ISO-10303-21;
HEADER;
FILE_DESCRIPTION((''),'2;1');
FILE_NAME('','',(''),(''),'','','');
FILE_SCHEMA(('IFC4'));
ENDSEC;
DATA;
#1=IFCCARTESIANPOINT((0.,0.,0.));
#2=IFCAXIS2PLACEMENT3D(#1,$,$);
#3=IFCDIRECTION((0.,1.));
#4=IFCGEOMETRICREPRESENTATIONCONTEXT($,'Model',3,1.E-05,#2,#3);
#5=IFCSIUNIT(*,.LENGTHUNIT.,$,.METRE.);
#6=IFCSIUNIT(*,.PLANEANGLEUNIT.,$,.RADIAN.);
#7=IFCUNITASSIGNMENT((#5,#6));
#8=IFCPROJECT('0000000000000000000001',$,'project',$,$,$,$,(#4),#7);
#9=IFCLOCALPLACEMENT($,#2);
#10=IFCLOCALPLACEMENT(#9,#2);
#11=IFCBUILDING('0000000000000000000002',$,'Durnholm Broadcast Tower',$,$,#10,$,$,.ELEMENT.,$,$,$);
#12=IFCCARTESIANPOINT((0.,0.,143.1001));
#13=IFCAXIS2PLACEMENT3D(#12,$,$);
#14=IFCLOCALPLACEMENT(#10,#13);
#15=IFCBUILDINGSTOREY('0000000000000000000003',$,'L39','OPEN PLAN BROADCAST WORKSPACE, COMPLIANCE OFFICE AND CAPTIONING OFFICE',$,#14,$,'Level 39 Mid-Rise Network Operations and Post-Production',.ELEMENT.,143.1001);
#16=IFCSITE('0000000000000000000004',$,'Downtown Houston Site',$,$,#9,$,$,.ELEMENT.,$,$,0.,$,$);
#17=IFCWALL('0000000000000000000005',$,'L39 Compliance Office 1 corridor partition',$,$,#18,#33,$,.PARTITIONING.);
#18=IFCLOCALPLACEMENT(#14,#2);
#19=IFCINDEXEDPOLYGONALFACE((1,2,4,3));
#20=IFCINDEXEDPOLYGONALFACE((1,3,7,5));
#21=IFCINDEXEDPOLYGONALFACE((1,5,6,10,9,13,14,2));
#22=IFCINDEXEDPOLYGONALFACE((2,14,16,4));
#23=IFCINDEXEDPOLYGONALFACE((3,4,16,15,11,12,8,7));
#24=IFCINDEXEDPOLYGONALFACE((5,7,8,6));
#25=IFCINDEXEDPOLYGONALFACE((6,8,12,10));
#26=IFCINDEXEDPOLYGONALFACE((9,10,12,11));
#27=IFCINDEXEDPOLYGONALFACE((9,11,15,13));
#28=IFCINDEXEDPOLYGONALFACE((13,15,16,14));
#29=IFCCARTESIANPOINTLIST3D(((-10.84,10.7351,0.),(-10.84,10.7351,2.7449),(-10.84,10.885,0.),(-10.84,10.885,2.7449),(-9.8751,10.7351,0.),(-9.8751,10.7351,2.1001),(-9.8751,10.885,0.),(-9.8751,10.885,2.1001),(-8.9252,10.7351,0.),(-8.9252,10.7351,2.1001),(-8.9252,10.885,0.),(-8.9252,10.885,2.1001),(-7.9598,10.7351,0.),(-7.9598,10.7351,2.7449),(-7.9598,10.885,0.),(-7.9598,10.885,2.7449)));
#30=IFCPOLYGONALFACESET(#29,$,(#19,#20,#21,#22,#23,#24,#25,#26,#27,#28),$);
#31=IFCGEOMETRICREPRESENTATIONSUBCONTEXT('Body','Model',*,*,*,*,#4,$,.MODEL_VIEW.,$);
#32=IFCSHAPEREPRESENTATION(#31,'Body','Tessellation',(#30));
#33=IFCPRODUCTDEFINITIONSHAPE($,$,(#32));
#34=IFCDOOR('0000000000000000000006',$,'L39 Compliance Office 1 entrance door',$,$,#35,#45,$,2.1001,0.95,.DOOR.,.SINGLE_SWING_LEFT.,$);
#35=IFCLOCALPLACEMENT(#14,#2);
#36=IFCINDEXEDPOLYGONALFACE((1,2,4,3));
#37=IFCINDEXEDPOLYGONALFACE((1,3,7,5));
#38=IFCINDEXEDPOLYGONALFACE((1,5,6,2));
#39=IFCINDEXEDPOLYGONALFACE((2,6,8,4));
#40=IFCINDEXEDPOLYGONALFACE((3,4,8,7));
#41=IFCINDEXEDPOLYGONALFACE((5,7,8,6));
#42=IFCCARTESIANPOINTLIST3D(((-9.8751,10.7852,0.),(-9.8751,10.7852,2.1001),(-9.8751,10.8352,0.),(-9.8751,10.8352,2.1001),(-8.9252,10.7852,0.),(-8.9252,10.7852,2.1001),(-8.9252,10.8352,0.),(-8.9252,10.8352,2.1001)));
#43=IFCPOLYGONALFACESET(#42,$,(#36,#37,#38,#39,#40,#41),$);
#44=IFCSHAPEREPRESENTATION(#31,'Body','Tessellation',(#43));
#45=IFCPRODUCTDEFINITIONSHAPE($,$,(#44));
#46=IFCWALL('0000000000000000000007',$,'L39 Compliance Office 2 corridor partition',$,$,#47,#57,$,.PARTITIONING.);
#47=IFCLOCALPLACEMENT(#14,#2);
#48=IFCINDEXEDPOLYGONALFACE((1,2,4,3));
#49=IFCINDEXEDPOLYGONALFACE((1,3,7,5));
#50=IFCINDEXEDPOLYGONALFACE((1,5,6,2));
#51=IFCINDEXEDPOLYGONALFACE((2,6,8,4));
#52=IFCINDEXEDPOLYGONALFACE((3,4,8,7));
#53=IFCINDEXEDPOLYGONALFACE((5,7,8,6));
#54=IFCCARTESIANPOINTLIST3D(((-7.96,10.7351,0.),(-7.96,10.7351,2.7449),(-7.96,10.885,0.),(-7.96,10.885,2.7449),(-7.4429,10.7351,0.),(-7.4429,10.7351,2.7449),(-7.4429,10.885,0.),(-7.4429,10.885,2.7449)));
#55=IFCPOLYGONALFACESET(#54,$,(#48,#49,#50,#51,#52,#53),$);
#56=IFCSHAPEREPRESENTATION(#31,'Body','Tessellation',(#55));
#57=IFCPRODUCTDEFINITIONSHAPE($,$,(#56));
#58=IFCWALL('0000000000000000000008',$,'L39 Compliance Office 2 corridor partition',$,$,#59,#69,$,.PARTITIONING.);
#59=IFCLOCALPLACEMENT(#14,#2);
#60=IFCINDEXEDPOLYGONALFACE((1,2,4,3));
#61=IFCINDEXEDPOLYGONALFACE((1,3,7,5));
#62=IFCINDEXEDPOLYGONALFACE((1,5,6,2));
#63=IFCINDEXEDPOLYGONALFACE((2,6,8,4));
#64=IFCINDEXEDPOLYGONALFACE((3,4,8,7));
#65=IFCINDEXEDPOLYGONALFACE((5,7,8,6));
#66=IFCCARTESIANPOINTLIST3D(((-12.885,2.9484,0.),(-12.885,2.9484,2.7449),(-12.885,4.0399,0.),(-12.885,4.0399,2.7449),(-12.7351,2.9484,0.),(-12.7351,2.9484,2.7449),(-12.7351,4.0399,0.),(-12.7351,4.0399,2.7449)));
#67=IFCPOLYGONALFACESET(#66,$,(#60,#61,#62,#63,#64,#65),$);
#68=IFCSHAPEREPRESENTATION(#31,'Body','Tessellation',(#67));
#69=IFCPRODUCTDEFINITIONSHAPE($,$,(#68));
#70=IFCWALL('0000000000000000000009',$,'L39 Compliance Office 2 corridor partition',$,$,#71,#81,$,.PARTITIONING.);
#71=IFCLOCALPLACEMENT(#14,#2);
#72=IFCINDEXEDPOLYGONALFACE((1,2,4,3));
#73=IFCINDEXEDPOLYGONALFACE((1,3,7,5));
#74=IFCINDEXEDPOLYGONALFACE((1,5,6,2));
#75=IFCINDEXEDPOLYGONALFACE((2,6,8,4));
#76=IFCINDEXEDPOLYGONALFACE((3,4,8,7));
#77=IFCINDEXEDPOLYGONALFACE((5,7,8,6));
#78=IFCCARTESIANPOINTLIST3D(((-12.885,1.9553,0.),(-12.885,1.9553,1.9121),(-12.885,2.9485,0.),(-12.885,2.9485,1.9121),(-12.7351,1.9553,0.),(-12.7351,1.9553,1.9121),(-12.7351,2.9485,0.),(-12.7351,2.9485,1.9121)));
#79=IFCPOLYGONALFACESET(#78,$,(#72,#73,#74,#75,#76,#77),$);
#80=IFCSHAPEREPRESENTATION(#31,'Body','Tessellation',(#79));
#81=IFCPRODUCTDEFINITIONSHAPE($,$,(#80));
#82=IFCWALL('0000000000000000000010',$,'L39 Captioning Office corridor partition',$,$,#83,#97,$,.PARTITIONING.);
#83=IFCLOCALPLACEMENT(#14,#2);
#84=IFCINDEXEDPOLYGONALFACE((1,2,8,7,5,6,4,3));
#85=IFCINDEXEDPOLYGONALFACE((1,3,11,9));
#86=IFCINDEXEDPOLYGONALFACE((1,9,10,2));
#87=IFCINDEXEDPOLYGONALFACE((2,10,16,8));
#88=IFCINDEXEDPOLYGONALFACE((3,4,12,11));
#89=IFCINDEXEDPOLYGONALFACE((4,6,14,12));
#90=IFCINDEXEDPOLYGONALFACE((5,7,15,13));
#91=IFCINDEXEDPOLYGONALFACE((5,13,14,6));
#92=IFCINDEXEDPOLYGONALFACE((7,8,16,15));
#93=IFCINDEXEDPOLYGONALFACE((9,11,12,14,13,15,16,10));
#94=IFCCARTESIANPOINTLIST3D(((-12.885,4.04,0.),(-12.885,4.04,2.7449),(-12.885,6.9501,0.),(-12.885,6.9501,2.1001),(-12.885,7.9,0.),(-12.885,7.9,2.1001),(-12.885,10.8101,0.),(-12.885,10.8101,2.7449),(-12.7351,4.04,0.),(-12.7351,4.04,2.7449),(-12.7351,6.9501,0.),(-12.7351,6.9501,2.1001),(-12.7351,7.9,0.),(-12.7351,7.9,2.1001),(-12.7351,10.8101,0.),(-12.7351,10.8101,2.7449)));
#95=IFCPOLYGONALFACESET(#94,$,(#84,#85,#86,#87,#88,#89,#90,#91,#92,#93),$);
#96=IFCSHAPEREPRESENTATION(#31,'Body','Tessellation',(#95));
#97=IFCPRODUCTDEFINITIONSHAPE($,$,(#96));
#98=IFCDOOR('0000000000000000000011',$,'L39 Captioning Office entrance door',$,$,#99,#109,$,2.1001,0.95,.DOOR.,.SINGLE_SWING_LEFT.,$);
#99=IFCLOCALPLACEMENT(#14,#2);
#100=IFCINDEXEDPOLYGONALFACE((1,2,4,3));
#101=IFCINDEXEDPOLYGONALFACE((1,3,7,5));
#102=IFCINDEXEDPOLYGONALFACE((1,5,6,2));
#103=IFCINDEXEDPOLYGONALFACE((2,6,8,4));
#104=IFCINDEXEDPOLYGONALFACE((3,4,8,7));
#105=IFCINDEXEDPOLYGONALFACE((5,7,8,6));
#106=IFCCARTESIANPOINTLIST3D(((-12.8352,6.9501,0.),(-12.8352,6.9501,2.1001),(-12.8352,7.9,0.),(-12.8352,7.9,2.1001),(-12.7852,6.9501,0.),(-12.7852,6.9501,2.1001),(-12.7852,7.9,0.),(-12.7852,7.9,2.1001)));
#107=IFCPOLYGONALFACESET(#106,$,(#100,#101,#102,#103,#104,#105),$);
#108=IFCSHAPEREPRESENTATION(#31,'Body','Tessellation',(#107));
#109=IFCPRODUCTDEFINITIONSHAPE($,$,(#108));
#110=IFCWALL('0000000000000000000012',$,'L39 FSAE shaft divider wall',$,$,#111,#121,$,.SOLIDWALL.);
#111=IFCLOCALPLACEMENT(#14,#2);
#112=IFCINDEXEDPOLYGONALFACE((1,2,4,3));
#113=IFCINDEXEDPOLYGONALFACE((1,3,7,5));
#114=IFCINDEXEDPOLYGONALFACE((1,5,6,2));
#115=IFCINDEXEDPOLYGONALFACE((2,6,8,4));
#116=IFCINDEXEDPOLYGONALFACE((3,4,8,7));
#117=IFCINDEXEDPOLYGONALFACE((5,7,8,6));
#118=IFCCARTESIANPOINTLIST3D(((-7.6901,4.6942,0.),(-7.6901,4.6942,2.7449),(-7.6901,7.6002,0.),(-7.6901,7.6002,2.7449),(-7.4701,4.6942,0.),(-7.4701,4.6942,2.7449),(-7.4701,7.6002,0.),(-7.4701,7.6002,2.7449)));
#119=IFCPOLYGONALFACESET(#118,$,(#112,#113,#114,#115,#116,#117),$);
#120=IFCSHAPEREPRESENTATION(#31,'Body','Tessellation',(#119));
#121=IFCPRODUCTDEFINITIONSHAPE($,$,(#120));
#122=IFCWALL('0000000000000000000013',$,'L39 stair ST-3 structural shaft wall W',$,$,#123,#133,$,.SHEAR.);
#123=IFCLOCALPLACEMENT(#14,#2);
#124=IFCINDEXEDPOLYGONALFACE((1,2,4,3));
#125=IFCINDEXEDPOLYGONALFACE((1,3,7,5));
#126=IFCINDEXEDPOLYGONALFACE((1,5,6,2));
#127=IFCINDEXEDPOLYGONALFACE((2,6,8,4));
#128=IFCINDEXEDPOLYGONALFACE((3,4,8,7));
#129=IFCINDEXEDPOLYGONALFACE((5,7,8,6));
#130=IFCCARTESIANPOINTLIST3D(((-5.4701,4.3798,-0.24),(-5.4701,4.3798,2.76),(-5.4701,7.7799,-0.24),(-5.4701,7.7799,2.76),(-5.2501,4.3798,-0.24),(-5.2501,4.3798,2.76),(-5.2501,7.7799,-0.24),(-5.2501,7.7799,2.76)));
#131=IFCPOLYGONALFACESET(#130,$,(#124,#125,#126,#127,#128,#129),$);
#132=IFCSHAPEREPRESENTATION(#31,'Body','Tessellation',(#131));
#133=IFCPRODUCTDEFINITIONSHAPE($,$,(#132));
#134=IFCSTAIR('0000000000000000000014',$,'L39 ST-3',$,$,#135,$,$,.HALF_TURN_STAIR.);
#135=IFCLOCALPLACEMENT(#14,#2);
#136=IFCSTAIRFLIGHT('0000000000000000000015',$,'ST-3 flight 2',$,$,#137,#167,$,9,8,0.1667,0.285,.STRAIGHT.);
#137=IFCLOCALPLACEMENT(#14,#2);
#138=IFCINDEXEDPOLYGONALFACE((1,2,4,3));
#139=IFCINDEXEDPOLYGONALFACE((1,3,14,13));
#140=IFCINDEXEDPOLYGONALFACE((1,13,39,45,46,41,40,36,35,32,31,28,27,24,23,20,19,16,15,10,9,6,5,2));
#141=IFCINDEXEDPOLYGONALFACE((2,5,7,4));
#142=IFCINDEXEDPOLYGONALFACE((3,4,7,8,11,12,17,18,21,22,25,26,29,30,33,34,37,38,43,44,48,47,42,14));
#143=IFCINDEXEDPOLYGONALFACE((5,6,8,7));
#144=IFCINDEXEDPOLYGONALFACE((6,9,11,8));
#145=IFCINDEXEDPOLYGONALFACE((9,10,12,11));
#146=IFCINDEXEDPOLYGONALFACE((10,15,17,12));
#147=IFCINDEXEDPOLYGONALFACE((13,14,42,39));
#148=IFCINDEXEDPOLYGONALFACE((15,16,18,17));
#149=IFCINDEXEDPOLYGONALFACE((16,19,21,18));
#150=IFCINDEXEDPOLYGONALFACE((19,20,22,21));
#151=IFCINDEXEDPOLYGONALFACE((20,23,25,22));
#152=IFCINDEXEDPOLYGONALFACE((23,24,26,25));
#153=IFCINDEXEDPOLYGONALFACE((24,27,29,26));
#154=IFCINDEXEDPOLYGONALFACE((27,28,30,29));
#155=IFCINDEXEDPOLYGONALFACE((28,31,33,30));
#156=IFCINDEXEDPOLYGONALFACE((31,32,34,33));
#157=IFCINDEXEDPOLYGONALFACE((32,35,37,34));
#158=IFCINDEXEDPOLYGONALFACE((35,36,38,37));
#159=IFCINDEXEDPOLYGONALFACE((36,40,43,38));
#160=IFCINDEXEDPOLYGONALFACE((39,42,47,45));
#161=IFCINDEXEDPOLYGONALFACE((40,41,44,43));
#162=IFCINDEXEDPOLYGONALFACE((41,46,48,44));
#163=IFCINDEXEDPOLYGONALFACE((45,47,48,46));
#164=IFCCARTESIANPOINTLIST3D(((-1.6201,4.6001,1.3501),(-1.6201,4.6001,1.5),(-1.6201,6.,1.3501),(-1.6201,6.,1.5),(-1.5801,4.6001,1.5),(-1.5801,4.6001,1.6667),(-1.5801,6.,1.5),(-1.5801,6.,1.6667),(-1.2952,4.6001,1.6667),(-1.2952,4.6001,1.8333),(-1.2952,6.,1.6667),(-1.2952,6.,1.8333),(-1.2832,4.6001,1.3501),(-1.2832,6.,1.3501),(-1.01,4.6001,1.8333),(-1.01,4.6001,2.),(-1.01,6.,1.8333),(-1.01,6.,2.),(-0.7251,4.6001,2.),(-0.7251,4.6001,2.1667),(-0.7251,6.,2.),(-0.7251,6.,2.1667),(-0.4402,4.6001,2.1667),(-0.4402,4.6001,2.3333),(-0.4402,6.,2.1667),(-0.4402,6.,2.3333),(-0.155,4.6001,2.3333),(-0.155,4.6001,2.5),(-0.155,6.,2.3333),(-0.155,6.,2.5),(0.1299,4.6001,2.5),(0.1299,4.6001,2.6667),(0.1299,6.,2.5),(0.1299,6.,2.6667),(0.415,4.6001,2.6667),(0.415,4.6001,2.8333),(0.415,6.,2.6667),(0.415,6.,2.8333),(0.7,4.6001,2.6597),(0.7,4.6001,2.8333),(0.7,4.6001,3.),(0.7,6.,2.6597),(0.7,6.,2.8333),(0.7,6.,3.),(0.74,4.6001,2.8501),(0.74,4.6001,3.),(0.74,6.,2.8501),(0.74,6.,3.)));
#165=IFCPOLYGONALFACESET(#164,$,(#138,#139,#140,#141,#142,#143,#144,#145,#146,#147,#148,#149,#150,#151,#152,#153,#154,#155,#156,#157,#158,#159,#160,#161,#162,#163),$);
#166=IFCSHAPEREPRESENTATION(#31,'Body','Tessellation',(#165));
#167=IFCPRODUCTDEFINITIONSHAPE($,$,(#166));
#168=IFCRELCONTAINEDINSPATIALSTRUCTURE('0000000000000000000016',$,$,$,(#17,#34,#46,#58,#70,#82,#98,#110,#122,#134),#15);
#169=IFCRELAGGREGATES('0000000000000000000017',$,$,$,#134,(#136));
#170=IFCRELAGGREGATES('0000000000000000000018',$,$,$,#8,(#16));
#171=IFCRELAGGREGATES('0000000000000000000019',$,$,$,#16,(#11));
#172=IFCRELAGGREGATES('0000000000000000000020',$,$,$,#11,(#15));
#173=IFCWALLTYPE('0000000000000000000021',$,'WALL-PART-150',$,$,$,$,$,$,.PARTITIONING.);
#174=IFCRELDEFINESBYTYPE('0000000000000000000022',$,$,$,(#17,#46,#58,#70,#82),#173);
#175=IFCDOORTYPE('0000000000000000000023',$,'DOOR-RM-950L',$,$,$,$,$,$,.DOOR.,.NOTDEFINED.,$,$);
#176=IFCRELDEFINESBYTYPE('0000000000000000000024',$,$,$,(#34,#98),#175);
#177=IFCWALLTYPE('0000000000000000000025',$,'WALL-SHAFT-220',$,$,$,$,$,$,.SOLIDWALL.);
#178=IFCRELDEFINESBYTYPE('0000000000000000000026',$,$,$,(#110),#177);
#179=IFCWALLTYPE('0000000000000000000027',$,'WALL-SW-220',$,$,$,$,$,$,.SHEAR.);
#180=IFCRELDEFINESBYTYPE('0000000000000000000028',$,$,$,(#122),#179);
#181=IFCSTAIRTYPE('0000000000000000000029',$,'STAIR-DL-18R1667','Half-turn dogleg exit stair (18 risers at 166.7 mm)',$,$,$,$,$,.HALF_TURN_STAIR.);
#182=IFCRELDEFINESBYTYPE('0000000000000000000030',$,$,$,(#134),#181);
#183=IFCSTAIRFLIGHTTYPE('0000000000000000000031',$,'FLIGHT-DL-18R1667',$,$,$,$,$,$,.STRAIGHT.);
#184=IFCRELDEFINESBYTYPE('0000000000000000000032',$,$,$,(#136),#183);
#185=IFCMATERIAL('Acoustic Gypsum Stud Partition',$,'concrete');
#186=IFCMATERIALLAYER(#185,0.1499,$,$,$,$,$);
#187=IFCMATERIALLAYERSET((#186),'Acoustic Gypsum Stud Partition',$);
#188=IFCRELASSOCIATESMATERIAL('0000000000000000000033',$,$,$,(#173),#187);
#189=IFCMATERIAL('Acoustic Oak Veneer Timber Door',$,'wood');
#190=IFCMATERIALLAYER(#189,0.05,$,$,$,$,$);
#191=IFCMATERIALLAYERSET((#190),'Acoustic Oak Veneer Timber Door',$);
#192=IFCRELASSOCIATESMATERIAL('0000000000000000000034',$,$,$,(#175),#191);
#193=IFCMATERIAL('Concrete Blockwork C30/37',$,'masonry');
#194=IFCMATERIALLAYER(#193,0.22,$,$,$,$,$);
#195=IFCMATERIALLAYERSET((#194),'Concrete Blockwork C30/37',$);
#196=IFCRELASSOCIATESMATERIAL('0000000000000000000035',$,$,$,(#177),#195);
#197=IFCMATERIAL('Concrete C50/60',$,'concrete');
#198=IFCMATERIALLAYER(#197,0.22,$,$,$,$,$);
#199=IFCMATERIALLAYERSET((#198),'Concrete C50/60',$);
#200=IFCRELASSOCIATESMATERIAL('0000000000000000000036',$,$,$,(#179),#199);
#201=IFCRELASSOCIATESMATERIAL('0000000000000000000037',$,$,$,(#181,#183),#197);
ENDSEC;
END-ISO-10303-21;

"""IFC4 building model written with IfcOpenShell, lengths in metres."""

from ifc_helpers import new_model, si_unit, direction, frame, frame_2d, origin, place, context, subcontext, project, spatial, polyline, rectangle, outline, extrude, source, transform, mapped, material, layer, layer_set, type_object, type_shapes, element, fill, aggregate, save


model = new_model("IFC4")

# Units and contexts
model_context = context("Model", 3, precision=1e-05, world=origin(), true_north=direction((0.0, 1.0)))
body_context = subcontext(model_context, "Body", "Model", "MODEL_VIEW")
ifc_project = project(units=[si_unit("LENGTHUNIT", "METRE"), si_unit("PLANEANGLEUNIT", "RADIAN")], contexts=[model_context])

# Site, building, storey
site_placement = place(None, origin())
site = spatial("IfcSite", under=ifc_project, at=site_placement, Name="Downtown Houston Site", CompositionType="ELEMENT", RefElevation=0.0)
building_placement = place(site_placement, origin())
building = spatial("IfcBuilding", under=site, at=building_placement, Name="Durnholm Broadcast Tower", CompositionType="ELEMENT")
storey_placement = place(building_placement, frame((0.0, 0.0, 143.1001)))
storey = spatial("IfcBuildingStorey", under=building, at=storey_placement, Name="L39", Description="OPEN PLAN BROADCAST WORKSPACE, COMPLIANCE OFFICE AND CAPTIONING OFFICE", LongName="Level 39 Mid-Rise Network Operations and Post-Production", CompositionType="ELEMENT", Elevation=143.1001)

# Wall, opening, door
ifc_material_1 = material(Name="Acoustic Gypsum Stud Partition", Category="concrete")
ifc_layer_1 = layer(ifc_material_1, 0.1499)
ifc_layer_set_1 = layer_set([ifc_layer_1], Name="Acoustic Gypsum Stud Partition")
wall_type_1 = type_object("IfcWallType", Name="WALL-PART-150", PredefinedType="PARTITIONING", material=ifc_layer_set_1)
wall_1_placement = place(storey_placement, frame((-7.96, 10.8101, 0.0), z_axis=(0.0, 0.0, 1.0), x_axis=(-1.0, 0.0, 0.0)))
wall_1 = element("IfcWall", 1, at=wall_1_placement, inside=storey, type_object=wall_type_1, Name="L39 Compliance Office 1 corridor partition", PredefinedType="PARTITIONING", context=body_context, shape_type="SweptSolid", body=[
    extrude(rectangle(XDim=2.8801, YDim=0.1499, at=frame_2d((1.4399, 0.0))), origin(), (0.0, 0.0, 1.0), 2.7449),
])
opening_1_placement = place(wall_1_placement, frame((0.9651, 0.0, 0.0)))
opening_1 = element("IfcOpeningElement", 2, at=opening_1_placement, cuts=wall_1, PredefinedType="OPENING", context=body_context, shape_type="SweptSolid", body=[
    extrude(rectangle(XDim=0.95, YDim=2.1001, at=frame_2d((0.4751, 1.05))), frame((0.0, 0.085, 0.0), z_axis=(0.0, -1.0, 0.0), x_axis=(1.0, 0.0, 0.0)), (0.0, 0.0, 1.0), 0.1699),
])
ifc_material_2 = material(Name="Acoustic Oak Veneer Timber Door", Category="wood")
ifc_layer_2 = layer(ifc_material_2, 0.05)
ifc_layer_set_2 = layer_set([ifc_layer_2], Name="Acoustic Oak Veneer Timber Door")
door_type_1 = type_object("IfcDoorType", Name="DOOR-RM-950L", OperationType="NOTDEFINED", PredefinedType="DOOR", material=ifc_layer_set_2)
shared_shape_1 = source(origin(), body_context, "Body", "SweptSolid", [
    extrude(rectangle(XDim=0.95, YDim=2.1001, at=frame_2d((0.4751, 1.05))), frame((0.0, 0.0249, 0.0), z_axis=(0.0, -1.0, 0.0), x_axis=(1.0, 0.0, 0.0)), (0.0, 0.0, 1.0), 0.05),
])
type_shapes(door_type_1, [shared_shape_1])
door_1_placement = place(opening_1_placement, origin())
door_1 = element("IfcDoor", 3, at=door_1_placement, inside=storey, type_object=door_type_1, Name="L39 Compliance Office 1 entrance door", OperationType="SINGLE_SWING_LEFT", OverallHeight=2.1001, OverallWidth=0.95, PredefinedType="DOOR", context=body_context, shape_type="MappedRepresentation", body=[
    mapped(shared_shape_1, transform((0.0, 0.0, 0.0), x_axis=(1.0, 0.0, 0.0), y_axis=(0.0, 1.0, 0.0), z_axis=(0.0, 0.0, 1.0), scale=1.0)),
])
fill(opening_1, door_1)

# Walls
wall_2_placement = place(storey_placement, frame((-7.4429, 10.8101, 0.0), z_axis=(0.0, 0.0, 1.0), x_axis=(-1.0, 0.0, 0.0)))
element("IfcWall", 4, at=wall_2_placement, inside=storey, type_object=wall_type_1, Name="L39 Compliance Office 2 corridor partition", PredefinedType="PARTITIONING", context=body_context, shape_type="SweptSolid", body=[
    extrude(rectangle(XDim=0.5171, YDim=0.1499, at=frame_2d((0.2585, 0.0))), origin(), (0.0, 0.0, 1.0), 2.7449),
])
wall_3_placement = place(storey_placement, frame((-12.8101, 4.04, 0.0), z_axis=(0.0, 0.0, 1.0), x_axis=(0.0, -1.0, 0.0)))
element("IfcWall", 5, at=wall_3_placement, inside=storey, type_object=wall_type_1, Name="L39 Compliance Office 2 corridor partition", PredefinedType="PARTITIONING", context=body_context, shape_type="SweptSolid", body=[
    extrude(rectangle(XDim=1.0916, YDim=0.1499, at=frame_2d((0.5459, 0.0))), origin(), (0.0, 0.0, 1.0), 2.7449),
])
wall_4_placement = place(storey_placement, frame((-12.8101, 2.9485, 0.0), z_axis=(0.0, 0.0, 1.0), x_axis=(0.0, -1.0, 0.0)))
element("IfcWall", 6, at=wall_4_placement, inside=storey, type_object=wall_type_1, Name="L39 Compliance Office 2 corridor partition", PredefinedType="PARTITIONING", context=body_context, shape_type="SweptSolid", body=[
    extrude(rectangle(XDim=0.9932, YDim=0.1499, at=frame_2d((0.4966, 0.0))), origin(), (0.0, 0.0, 1.0), 1.9121),
])

# Wall, opening, door
wall_5_placement = place(storey_placement, frame((-12.8101, 10.8101, 0.0), z_axis=(0.0, 0.0, 1.0), x_axis=(0.0, -1.0, 0.0)))
wall_5 = element("IfcWall", 7, at=wall_5_placement, inside=storey, type_object=wall_type_1, Name="L39 Captioning Office corridor partition", PredefinedType="PARTITIONING", context=body_context, shape_type="SweptSolid", body=[
    extrude(rectangle(XDim=6.77, YDim=0.1499, at=frame_2d((3.385, 0.0))), origin(), (0.0, 0.0, 1.0), 2.7449),
])
opening_2_placement = place(wall_5_placement, frame((2.9099, 0.0, 0.0)))
opening_2 = element("IfcOpeningElement", 8, at=opening_2_placement, cuts=wall_5, PredefinedType="OPENING", context=body_context, shape_type="SweptSolid", body=[
    extrude(rectangle(XDim=0.95, YDim=2.1001, at=frame_2d((0.4751, 1.05))), frame((0.0, 0.085, 0.0), z_axis=(0.0, -1.0, 0.0), x_axis=(1.0, 0.0, 0.0)), (0.0, 0.0, 1.0), 0.1699),
])
door_2_placement = place(opening_2_placement, origin())
door_2 = element("IfcDoor", 9, at=door_2_placement, inside=storey, type_object=door_type_1, Name="L39 Captioning Office entrance door", OperationType="SINGLE_SWING_LEFT", OverallHeight=2.1001, OverallWidth=0.95, PredefinedType="DOOR", context=body_context, shape_type="MappedRepresentation", body=[
    mapped(shared_shape_1, transform((0.0, 0.0, 0.0), x_axis=(1.0, 0.0, 0.0), y_axis=(0.0, 1.0, 0.0), z_axis=(0.0, 0.0, 1.0), scale=1.0)),
])
fill(opening_2, door_2)

# Shared definitions
ifc_material_3 = material(Name="Concrete Blockwork C30/37", Category="masonry")
ifc_layer_3 = layer(ifc_material_3, 0.22)
ifc_layer_set_3 = layer_set([ifc_layer_3], Name="Concrete Blockwork C30/37")
wall_type_2 = type_object("IfcWallType", Name="WALL-SHAFT-220", PredefinedType="SOLIDWALL", material=ifc_layer_set_3)

# Walls
wall_6_placement = place(storey_placement, frame((-7.5801, 4.6941, 0.0), z_axis=(0.0, 0.0, 1.0), x_axis=(0.0, 1.0, 0.0)))
element("IfcWall", 10, at=wall_6_placement, inside=storey, type_object=wall_type_2, Name="L39 FSAE shaft divider wall", PredefinedType="SOLIDWALL", context=body_context, shape_type="SweptSolid", body=[
    extrude(rectangle(XDim=2.906, YDim=0.22, at=frame_2d((1.4531, 0.0))), origin(), (0.0, 0.0, 1.0), 2.7449),
])
ifc_material_4 = material(Name="Concrete C50/60", Category="concrete")
ifc_layer_4 = layer(ifc_material_4, 0.22)
ifc_layer_set_4 = layer_set([ifc_layer_4], Name="Concrete C50/60")
wall_type_3 = type_object("IfcWallType", Name="WALL-SW-220", PredefinedType="SHEAR", material=ifc_layer_set_4)
wall_7_placement = place(storey_placement, frame((-5.3601, 7.78, -0.24), z_axis=(0.0, 0.0, 1.0), x_axis=(0.0, -1.0, 0.0)))
element("IfcWall", 11, at=wall_7_placement, inside=storey, type_object=wall_type_3, Name="L39 stair ST-3 structural shaft wall W", PredefinedType="SHEAR", context=body_context, shape_type="SweptSolid", body=[
    extrude(rectangle(XDim=3.4001, YDim=0.22, at=frame_2d((1.7002, 0.0))), origin(), (0.0, 0.0, 1.0), 3.0),
])

# Stair, stair flight
stair_type = type_object("IfcStairType", Name="STAIR-DL-18R1667", Description="Half-turn dogleg exit stair (18 risers at 166.7 mm)", PredefinedType="HALF_TURN_STAIR", material=ifc_material_4)
stair_placement = place(storey_placement, origin())
stair = element("IfcStair", 12, at=stair_placement, inside=storey, type_object=stair_type, Name="L39 ST-3", PredefinedType="HALF_TURN_STAIR")
stair_flight_type = type_object("IfcStairFlightType", Name="FLIGHT-DL-18R1667", PredefinedType="STRAIGHT", material=ifc_material_4)
stair_flight_placement = place(storey_placement, frame((-1.5801, 5.3, 1.5), z_axis=(0.0, 0.0, 1.0), x_axis=(1.0, 0.0, 0.0)))
stair_flight = element("IfcStairFlight", 13, at=stair_flight_placement, type_object=stair_flight_type, Name="ST-3 flight 2", NumberOfRisers=9, NumberOfTreads=8, PredefinedType="STRAIGHT", RiserHeight=0.1667, TreadLength=0.285, context=body_context, shape_type="SweptSolid", body=[
    extrude(outline(polyline([(-0.04, -0.1499), (-0.04, 0.0), (0.0, 0.0), (0.0, 0.1667), (0.2849, 0.1667), (0.2849, 0.3333), (0.5701, 0.3333), (0.5701, 0.5), (0.855, 0.5), (0.855, 0.6667), (1.1399, 0.6667), (1.1399, 0.8333), (1.425, 0.8333), (1.425, 1.0), (1.71, 1.0), (1.71, 1.1667), (1.9951, 1.1667), (1.9951, 1.3333), (2.28, 1.3333), (2.28, 1.5), (2.3201, 1.5), (2.3201, 1.3501), (2.28, 1.1597), (0.2969, -0.1499), (-0.04, -0.1499)])), frame((0.0, 0.7, 0.0), z_axis=(0.0, -1.0, 0.0), x_axis=(1.0, 0.0, 0.0)), (0.0, 0.0, 1.0), 1.3999),
])
aggregate(stair, [stair_flight])

save(model, "model.ifc")
